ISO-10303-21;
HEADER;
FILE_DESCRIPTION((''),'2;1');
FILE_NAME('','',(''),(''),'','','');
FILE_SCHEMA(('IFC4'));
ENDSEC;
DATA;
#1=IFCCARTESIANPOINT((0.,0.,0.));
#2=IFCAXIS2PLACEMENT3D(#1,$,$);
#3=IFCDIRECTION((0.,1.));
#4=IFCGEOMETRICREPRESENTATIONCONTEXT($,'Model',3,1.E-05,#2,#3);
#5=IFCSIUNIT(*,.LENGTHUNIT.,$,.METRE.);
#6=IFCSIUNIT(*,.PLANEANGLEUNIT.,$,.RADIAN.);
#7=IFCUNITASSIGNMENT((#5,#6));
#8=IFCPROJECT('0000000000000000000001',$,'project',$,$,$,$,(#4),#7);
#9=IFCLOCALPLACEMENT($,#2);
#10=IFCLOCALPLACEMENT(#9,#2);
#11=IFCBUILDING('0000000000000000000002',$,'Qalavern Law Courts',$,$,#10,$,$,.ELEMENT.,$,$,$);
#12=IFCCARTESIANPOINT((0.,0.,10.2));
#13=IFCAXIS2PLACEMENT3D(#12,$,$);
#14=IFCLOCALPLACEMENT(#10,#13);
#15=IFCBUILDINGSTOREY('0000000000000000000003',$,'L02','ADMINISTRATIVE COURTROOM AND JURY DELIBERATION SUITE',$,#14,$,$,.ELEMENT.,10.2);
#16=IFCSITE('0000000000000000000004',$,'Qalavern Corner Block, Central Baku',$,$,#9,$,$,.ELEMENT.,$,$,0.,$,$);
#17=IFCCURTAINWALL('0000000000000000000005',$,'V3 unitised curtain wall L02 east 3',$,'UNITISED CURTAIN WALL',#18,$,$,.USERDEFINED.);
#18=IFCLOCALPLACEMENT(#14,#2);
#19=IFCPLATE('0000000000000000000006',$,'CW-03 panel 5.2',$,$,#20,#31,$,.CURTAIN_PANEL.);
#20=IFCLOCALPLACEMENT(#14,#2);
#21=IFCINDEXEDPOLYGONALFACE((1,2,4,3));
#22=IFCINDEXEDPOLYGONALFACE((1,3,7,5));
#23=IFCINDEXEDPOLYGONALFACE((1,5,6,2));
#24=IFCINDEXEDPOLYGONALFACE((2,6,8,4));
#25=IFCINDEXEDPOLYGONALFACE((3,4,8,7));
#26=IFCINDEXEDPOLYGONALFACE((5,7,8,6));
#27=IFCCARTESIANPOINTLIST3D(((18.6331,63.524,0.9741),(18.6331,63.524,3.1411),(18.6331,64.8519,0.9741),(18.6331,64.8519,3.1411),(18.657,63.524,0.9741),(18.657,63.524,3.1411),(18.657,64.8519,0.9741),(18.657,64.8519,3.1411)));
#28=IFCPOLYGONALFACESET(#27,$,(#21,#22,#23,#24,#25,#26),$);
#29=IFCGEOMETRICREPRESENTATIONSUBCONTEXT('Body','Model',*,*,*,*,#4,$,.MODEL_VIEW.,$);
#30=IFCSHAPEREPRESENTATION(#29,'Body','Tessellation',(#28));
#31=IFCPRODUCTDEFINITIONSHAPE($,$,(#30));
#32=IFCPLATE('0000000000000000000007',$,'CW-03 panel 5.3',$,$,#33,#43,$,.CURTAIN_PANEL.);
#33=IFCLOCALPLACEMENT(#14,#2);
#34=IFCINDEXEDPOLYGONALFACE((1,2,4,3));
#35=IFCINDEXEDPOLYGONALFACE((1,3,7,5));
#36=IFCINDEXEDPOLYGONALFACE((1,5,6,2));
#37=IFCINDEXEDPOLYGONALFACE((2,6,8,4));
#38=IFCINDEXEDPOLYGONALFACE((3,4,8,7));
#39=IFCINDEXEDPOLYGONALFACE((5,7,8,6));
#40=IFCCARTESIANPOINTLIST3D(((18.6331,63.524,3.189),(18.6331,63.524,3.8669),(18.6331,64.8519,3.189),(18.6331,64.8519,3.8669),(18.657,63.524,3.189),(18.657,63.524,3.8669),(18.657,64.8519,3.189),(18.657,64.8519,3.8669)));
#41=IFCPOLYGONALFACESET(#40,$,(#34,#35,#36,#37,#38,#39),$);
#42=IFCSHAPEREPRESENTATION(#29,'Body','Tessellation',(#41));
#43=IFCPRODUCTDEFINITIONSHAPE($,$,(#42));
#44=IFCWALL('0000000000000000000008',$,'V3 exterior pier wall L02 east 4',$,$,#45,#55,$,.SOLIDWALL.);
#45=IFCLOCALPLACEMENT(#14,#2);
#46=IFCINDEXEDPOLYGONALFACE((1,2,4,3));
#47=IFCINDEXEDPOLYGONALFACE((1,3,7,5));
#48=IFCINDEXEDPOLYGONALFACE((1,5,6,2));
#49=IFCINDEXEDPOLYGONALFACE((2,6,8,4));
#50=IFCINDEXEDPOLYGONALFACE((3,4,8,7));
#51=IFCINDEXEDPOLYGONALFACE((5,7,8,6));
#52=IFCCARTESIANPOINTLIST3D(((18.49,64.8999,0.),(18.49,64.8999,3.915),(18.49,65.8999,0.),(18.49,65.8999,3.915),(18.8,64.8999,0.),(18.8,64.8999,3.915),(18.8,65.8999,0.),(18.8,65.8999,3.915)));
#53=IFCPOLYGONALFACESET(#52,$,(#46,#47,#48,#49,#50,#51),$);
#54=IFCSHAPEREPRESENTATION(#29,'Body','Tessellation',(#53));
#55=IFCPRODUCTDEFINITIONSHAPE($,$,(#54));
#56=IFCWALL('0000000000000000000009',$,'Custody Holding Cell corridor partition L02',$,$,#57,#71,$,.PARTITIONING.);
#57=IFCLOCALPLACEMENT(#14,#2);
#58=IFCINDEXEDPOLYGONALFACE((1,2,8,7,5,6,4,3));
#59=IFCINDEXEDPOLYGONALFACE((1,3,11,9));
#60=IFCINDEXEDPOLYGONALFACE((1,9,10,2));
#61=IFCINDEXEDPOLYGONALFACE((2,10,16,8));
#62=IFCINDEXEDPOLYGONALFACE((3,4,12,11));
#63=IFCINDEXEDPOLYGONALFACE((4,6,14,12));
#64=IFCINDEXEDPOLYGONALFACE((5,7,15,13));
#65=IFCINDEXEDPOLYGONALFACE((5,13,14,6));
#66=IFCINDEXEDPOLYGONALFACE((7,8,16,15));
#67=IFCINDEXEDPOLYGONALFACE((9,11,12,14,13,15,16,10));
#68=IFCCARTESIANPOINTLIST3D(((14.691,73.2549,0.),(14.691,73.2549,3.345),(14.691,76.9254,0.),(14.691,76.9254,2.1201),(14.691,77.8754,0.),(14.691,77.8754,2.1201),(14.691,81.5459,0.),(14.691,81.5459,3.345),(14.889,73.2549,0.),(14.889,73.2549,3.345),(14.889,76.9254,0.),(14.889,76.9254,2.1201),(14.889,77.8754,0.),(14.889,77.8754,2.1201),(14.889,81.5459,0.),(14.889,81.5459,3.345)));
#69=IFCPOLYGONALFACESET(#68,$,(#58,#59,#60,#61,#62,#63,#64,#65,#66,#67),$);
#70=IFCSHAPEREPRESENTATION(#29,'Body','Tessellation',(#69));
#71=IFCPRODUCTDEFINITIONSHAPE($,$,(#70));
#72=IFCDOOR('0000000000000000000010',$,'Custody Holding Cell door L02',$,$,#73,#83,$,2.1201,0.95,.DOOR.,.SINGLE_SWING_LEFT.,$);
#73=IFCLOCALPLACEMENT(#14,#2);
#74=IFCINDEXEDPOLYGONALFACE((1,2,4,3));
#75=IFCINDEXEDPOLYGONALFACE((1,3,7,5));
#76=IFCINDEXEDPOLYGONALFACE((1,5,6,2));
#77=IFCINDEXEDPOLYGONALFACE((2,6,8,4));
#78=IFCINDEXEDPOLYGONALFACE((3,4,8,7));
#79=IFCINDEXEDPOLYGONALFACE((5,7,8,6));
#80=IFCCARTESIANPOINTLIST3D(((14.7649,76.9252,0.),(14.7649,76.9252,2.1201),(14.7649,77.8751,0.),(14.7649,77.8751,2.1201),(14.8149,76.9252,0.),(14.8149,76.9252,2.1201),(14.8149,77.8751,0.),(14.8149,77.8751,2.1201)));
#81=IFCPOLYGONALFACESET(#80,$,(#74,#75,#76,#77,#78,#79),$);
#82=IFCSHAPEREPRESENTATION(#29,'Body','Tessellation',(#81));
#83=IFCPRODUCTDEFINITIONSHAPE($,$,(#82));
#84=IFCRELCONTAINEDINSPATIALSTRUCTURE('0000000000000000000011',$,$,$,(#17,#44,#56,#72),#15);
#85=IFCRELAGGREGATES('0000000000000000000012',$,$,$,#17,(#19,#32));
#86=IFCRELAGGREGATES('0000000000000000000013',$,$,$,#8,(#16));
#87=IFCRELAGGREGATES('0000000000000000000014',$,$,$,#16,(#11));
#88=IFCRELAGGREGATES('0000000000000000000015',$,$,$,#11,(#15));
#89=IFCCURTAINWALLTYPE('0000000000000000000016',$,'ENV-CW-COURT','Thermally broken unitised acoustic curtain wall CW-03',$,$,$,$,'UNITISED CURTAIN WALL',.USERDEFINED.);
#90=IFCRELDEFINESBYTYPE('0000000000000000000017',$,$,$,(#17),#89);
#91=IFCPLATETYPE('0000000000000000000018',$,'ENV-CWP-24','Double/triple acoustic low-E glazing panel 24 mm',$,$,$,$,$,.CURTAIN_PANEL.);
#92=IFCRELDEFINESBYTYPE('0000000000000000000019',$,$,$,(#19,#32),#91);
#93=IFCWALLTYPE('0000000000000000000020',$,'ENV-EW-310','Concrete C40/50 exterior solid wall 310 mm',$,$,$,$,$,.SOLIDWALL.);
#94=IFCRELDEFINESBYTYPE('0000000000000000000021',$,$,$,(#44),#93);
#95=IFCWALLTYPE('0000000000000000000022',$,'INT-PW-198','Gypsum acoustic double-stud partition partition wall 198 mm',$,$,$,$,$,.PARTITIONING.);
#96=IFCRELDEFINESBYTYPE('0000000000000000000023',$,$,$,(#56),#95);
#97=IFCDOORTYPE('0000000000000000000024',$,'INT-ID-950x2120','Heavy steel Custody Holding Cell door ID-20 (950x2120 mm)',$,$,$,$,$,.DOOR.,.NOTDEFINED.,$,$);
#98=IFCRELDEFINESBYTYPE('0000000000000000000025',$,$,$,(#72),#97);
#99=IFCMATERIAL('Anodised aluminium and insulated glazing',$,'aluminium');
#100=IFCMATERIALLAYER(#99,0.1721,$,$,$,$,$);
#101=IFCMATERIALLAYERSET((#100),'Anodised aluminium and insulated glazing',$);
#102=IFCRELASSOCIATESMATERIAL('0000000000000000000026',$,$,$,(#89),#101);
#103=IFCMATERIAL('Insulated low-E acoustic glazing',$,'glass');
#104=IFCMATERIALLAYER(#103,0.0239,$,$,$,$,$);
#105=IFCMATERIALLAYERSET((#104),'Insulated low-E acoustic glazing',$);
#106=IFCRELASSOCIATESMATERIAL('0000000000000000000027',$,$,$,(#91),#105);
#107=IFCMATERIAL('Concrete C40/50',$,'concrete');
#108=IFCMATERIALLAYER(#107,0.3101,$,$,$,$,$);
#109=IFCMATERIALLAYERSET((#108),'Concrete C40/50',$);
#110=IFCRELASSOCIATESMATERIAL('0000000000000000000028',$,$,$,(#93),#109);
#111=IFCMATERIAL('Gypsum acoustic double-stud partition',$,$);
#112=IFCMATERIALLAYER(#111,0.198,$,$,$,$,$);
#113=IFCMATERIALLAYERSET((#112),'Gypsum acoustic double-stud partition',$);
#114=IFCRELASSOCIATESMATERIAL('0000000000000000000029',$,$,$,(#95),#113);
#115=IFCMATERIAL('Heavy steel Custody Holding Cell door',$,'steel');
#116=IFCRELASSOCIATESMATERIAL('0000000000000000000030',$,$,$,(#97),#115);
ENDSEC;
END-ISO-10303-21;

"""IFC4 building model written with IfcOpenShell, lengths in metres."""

from ifc_helpers import new_model, si_unit, direction, frame, frame_2d, origin, origin_2d, place, context, subcontext, project, spatial, rectangle, extrude, material, layer, layer_set, type_object, element, fill, aggregate, save


model = new_model("IFC4")

# Units and contexts
model_context = context("Model", 3, precision=1e-05, world=origin(), true_north=direction((0.0, 1.0)))
body_context = subcontext(model_context, "Body", "Model", "MODEL_VIEW")
ifc_project = project(units=[si_unit("LENGTHUNIT", "METRE"), si_unit("PLANEANGLEUNIT", "RADIAN")], contexts=[model_context])

# Site, building, storey
site_placement = place(None, origin())
site = spatial("IfcSite", under=ifc_project, at=site_placement, Name="Qalavern Corner Block, Central Baku", CompositionType="ELEMENT", RefElevation=0.0)
building_placement = place(site_placement, origin())
building = spatial("IfcBuilding", under=site, at=building_placement, Name="Qalavern Law Courts", CompositionType="ELEMENT")
storey_placement = place(building_placement, frame((0.0, 0.0, 10.2)))
storey = spatial("IfcBuildingStorey", under=building, at=storey_placement, Name="L02", Description="ADMINISTRATIVE COURTROOM AND JURY DELIBERATION SUITE", CompositionType="ELEMENT", Elevation=10.2)

# Curtain wall
ifc_material_1 = material(Name="Anodised aluminium and insulated glazing", Category="aluminium")
ifc_layer_1 = layer(ifc_material_1, 0.1721)
ifc_layer_set_1 = layer_set([ifc_layer_1], Name="Anodised aluminium and insulated glazing")
curtain_wall_type = type_object("IfcCurtainWallType", Name="ENV-CW-COURT", Description="Thermally broken unitised acoustic curtain wall CW-03", ElementType="UNITISED CURTAIN WALL", PredefinedType="USERDEFINED", material=ifc_layer_set_1)
curtain_wall_placement = place(storey_placement, origin())
curtain_wall = element("IfcCurtainWall", 1, at=curtain_wall_placement, inside=storey, type_object=curtain_wall_type, Name="V3 unitised curtain wall L02 east 3", ObjectType="UNITISED CURTAIN WALL", PredefinedType="USERDEFINED")

# Plates
ifc_material_2 = material(Name="Insulated low-E acoustic glazing", Category="glass")
ifc_layer_2 = layer(ifc_material_2, 0.0239)
ifc_layer_set_2 = layer_set([ifc_layer_2], Name="Insulated low-E acoustic glazing")
plate_type = type_object("IfcPlateType", Name="ENV-CWP-24", Description="Double/triple acoustic low-E glazing panel 24 mm", PredefinedType="CURTAIN_PANEL", material=ifc_layer_set_2)
plate_1_placement = place(storey_placement, frame((18.645, 64.188, 0.9741), z_axis=(0.0, 0.0, 1.0), x_axis=(0.0, 1.0, 0.0)))
plate_1 = element("IfcPlate", 2, at=plate_1_placement, type_object=plate_type, Name="CW-03 panel 5.2", PredefinedType="CURTAIN_PANEL", context=body_context, shape_type="SweptSolid", body=[
    extrude(rectangle(XDim=1.3279, YDim=0.0239, at=origin_2d()), origin(), (0.0, 0.0, 1.0), 2.167),
])
plate_2_placement = place(storey_placement, frame((18.645, 64.188, 3.189), z_axis=(0.0, 0.0, 1.0), x_axis=(0.0, 1.0, 0.0)))
plate_2 = element("IfcPlate", 3, at=plate_2_placement, type_object=plate_type, Name="CW-03 panel 5.3", PredefinedType="CURTAIN_PANEL", context=body_context, shape_type="SweptSolid", body=[
    extrude(rectangle(XDim=1.3279, YDim=0.0239, at=origin_2d()), origin(), (0.0, 0.0, 1.0), 0.678),
])
aggregate(curtain_wall, [plate_1, plate_2])

# Wall
ifc_material_3 = material(Name="Concrete C40/50", Category="concrete")
ifc_layer_3 = layer(ifc_material_3, 0.3101)
ifc_layer_set_3 = layer_set([ifc_layer_3], Name="Concrete C40/50")
wall_type_1 = type_object("IfcWallType", Name="ENV-EW-310", Description="Concrete C40/50 exterior solid wall 310 mm", PredefinedType="SOLIDWALL", material=ifc_layer_set_3)
wall_1_placement = place(storey_placement, frame((18.645, 64.8999, 0.0), z_axis=(0.0, 0.0, 1.0), x_axis=(0.0, 1.0, 0.0)))
element("IfcWall", 4, at=wall_1_placement, inside=storey, type_object=wall_type_1, Name="V3 exterior pier wall L02 east 4", PredefinedType="SOLIDWALL", context=body_context, shape_type="SweptSolid", body=[
    extrude(rectangle(XDim=1.0, YDim=0.3101, at=frame_2d((0.5, 0.0))), origin(), (0.0, 0.0, 1.0), 3.915),
])

# Wall, opening, door
ifc_material_4 = material(Name="Gypsum acoustic double-stud partition")
ifc_layer_4 = layer(ifc_material_4, 0.198)
ifc_layer_set_4 = layer_set([ifc_layer_4], Name="Gypsum acoustic double-stud partition")
wall_type_2 = type_object("IfcWallType", Name="INT-PW-198", Description="Gypsum acoustic double-stud partition partition wall 198 mm", PredefinedType="PARTITIONING", material=ifc_layer_set_4)
wall_2_placement = place(storey_placement, frame((14.79, 73.2549, 0.0), z_axis=(0.0, 0.0, 1.0), x_axis=(0.0, 1.0, 0.0)))
wall_2 = element("IfcWall", 5, at=wall_2_placement, inside=storey, type_object=wall_type_2, Name="Custody Holding Cell corridor partition L02", PredefinedType="PARTITIONING", context=body_context, shape_type="SweptSolid", body=[
    extrude(rectangle(XDim=8.291, YDim=0.198, at=frame_2d((4.1455, 0.0))), origin(), (0.0, 0.0, 1.0), 3.345),
])
opening_placement = place(wall_2_placement, frame((3.6704, 0.0, 0.0)))
opening = element("IfcOpeningElement", 6, at=opening_placement, cuts=wall_2, PredefinedType="OPENING", context=body_context, shape_type="SweptSolid", body=[
    extrude(rectangle(XDim=0.95, YDim=2.1201, at=frame_2d((0.4751, 1.0601))), frame((0.0, 0.1138, 0.0), z_axis=(0.0, -1.0, 0.0), x_axis=(1.0, 0.0, 0.0)), (0.0, 0.0, 1.0), 0.2278),
])
ifc_material_5 = material(Name="Heavy steel Custody Holding Cell door", Category="steel")
door_type = type_object("IfcDoorType", Name="INT-ID-950x2120", Description="Heavy steel Custody Holding Cell door ID-20 (950x2120 mm)", OperationType="NOTDEFINED", PredefinedType="DOOR", material=ifc_material_5)
door_placement = place(opening_placement, frame((0.95, 0.0, 0.0), z_axis=(0.0, 0.0, 1.0), x_axis=(-1.0, 0.0, 0.0)))
door = element("IfcDoor", 7, at=door_placement, inside=storey, type_object=door_type, Name="Custody Holding Cell door L02", OperationType="SINGLE_SWING_LEFT", OverallHeight=2.1201, OverallWidth=0.95, PredefinedType="DOOR", context=body_context, shape_type="SweptSolid", body=[
    extrude(rectangle(XDim=0.95, YDim=2.1201, at=frame_2d((0.4751, 1.0601))), frame((0.0, 0.0249, 0.0), z_axis=(0.0, -1.0, 0.0), x_axis=(1.0, 0.0, 0.0)), (0.0, 0.0, 1.0), 0.05),
])
fill(opening, door)

save(model, "model.ifc")
